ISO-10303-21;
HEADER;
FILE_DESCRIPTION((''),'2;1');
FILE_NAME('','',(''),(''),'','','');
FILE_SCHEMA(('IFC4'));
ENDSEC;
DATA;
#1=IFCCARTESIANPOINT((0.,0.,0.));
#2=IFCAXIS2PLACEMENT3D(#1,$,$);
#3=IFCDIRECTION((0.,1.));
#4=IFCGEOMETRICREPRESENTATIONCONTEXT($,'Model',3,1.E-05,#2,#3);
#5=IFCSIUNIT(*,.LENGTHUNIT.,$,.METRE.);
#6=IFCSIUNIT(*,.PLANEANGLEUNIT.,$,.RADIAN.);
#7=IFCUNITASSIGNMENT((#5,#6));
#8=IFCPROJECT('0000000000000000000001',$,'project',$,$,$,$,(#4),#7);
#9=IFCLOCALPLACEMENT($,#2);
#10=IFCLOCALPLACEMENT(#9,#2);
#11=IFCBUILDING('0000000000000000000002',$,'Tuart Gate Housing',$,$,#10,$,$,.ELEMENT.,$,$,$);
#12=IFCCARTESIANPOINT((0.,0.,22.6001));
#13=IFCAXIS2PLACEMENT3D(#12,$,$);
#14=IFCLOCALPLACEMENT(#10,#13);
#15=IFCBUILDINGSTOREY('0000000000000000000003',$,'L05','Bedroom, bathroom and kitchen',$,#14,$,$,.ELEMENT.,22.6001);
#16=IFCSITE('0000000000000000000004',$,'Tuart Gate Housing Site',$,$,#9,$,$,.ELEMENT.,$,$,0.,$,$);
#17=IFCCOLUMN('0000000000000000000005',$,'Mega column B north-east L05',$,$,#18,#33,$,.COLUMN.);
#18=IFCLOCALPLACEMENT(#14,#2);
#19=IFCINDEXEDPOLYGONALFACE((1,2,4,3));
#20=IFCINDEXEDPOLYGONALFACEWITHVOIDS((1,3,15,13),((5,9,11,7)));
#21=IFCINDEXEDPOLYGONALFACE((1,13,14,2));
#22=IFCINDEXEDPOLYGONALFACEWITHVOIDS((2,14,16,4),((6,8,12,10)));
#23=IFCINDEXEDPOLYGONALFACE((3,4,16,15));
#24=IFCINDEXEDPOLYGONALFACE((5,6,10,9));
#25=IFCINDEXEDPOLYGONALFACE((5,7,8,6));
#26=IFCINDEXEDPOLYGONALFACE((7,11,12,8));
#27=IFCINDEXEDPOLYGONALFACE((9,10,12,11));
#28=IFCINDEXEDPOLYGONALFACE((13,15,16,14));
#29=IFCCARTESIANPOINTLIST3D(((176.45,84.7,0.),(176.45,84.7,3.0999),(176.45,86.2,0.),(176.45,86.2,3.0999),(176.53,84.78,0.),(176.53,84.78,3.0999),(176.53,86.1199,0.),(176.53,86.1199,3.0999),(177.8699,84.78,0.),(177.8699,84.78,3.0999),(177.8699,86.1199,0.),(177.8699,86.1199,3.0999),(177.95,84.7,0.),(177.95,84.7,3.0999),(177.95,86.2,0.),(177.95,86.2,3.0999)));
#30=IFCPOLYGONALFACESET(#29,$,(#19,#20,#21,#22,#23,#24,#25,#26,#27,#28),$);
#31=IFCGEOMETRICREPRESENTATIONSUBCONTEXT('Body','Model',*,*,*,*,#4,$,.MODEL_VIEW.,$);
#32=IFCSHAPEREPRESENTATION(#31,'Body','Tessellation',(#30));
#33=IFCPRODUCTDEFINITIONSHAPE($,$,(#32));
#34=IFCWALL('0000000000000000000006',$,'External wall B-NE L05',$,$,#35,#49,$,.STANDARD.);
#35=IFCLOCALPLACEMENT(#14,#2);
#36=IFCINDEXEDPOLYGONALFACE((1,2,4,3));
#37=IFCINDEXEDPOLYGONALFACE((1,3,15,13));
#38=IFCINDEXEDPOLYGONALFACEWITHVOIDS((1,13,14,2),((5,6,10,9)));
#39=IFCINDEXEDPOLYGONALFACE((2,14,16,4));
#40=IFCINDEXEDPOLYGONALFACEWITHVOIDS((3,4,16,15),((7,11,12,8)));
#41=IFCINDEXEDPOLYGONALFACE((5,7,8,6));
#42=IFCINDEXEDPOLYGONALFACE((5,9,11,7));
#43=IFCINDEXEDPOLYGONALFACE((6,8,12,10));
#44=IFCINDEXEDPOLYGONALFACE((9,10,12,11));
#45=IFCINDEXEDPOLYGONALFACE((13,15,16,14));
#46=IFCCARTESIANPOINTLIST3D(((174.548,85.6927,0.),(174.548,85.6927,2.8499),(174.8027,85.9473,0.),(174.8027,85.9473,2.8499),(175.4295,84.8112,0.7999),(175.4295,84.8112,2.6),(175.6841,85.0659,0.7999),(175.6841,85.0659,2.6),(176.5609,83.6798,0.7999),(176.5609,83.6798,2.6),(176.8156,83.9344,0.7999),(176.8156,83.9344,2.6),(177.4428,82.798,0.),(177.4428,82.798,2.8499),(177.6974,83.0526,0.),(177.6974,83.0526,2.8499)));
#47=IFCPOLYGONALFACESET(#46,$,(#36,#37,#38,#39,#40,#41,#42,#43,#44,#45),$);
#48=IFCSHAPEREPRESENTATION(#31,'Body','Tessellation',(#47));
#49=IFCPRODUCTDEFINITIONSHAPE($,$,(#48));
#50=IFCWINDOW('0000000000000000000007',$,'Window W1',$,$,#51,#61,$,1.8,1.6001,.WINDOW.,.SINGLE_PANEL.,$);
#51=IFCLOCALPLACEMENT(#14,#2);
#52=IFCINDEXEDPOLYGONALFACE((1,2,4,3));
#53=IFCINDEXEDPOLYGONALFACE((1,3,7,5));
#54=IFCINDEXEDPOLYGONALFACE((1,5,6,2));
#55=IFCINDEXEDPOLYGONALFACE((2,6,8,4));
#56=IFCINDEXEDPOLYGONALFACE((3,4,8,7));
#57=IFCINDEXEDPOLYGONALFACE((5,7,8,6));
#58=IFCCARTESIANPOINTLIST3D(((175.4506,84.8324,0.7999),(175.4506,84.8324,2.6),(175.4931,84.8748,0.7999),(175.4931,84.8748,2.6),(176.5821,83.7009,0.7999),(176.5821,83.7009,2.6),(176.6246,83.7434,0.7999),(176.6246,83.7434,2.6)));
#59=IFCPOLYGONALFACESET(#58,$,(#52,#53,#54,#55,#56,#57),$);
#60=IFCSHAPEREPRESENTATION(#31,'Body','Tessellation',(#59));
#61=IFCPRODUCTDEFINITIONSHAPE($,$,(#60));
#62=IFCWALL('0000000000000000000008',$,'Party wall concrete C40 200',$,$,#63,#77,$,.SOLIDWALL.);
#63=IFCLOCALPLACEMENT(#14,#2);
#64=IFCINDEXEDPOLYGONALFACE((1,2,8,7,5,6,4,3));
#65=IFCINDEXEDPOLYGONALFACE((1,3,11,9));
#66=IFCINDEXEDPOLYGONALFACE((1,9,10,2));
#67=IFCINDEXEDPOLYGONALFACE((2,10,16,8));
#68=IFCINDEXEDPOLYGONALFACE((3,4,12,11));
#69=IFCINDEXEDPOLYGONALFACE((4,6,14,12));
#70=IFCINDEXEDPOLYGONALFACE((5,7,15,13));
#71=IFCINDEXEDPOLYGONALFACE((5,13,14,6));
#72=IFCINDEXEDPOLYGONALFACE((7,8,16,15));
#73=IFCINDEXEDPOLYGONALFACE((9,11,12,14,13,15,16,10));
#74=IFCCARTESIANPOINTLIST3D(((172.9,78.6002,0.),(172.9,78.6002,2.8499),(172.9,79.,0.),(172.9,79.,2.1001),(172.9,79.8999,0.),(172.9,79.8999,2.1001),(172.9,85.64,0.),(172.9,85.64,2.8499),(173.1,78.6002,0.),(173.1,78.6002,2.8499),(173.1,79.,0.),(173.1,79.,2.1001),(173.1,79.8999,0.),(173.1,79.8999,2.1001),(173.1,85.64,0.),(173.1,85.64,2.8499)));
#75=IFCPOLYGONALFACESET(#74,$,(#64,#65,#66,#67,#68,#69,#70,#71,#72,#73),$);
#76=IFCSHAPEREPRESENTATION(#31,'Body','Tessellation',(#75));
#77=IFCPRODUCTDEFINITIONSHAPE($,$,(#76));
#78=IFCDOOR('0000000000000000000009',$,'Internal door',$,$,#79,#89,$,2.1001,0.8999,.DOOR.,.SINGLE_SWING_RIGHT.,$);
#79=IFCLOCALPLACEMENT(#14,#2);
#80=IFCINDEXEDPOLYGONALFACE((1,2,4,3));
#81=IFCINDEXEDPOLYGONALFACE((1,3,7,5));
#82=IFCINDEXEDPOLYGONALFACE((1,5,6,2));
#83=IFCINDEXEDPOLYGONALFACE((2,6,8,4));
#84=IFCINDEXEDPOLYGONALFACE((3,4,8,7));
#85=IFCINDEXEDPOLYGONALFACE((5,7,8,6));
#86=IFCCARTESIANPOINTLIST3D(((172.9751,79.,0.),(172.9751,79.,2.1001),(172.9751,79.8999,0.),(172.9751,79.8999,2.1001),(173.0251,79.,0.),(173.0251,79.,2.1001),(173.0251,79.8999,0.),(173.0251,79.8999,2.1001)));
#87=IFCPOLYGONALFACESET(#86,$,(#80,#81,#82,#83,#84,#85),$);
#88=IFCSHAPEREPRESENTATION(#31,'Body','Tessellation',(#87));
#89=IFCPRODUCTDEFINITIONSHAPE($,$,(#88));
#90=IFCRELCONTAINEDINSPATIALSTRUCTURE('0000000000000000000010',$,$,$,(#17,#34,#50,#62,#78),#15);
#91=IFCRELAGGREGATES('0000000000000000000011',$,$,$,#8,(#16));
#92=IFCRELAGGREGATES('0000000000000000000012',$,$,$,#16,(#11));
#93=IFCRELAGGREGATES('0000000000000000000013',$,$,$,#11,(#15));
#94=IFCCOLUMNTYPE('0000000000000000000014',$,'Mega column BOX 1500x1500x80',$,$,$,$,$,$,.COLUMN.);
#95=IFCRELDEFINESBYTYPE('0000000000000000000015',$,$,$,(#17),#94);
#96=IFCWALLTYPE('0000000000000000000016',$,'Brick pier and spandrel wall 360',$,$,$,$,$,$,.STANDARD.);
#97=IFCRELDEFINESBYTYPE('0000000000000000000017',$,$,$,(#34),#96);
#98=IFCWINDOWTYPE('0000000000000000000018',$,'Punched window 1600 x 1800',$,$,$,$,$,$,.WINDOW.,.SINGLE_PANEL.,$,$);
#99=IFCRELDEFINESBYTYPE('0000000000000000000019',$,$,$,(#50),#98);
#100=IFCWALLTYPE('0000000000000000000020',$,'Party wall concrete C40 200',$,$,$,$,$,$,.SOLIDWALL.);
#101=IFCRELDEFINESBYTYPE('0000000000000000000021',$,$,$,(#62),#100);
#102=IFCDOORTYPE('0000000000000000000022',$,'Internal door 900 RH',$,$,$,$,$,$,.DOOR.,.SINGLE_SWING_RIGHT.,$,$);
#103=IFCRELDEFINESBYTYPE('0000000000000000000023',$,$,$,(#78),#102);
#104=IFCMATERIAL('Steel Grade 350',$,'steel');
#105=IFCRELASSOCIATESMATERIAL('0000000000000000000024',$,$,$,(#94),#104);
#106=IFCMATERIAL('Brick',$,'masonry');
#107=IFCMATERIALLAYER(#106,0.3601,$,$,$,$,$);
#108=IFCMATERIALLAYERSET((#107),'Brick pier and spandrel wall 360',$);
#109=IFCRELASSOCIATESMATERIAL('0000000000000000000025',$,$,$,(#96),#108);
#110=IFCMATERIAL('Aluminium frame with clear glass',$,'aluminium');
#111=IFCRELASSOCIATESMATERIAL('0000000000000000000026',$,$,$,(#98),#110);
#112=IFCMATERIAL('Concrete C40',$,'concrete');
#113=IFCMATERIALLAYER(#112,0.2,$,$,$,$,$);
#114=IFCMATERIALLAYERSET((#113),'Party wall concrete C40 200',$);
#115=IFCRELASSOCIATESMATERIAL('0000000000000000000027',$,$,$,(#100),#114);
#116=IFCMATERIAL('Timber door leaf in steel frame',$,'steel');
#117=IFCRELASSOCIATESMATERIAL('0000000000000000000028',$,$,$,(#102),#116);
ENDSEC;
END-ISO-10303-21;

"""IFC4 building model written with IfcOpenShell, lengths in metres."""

from ifc_helpers import new_model, si_unit, direction, frame, frame_2d, origin, origin_2d, place, context, subcontext, project, spatial, rectangle, hollow_rectangle, extrude, material, layer, layer_set, material_profile, profile_set, type_object, element, fill, save


model = new_model("IFC4")

# Units and contexts
model_context = context("Model", 3, precision=1e-05, world=origin(), true_north=direction((0.0, 1.0)))
body_context = subcontext(model_context, "Body", "Model", "MODEL_VIEW")
ifc_project = project(units=[si_unit("LENGTHUNIT", "METRE"), si_unit("PLANEANGLEUNIT", "RADIAN")], contexts=[model_context])

# Site, building, storey
site_placement = place(None, origin())
site = spatial("IfcSite", under=ifc_project, at=site_placement, Name="Tuart Gate Housing Site", CompositionType="ELEMENT", RefElevation=0.0)
building_placement = place(site_placement, origin())
building = spatial("IfcBuilding", under=site, at=building_placement, Name="Tuart Gate Housing", CompositionType="ELEMENT")
storey_placement = place(building_placement, frame((0.0, 0.0, 22.6001)))
storey = spatial("IfcBuildingStorey", under=building, at=storey_placement, Name="L05", Description="Bedroom, bathroom and kitchen", CompositionType="ELEMENT", Elevation=22.6001)

# Column
ifc_material_1 = material(Name="Steel Grade 350", Category="steel")
ifc_material_profile = material_profile(ifc_material_1, hollow_rectangle(XDim=1.5, YDim=1.5, WallThickness=0.0801, at=origin_2d()), Name="BOX 1500x1500x80")
ifc_profile_set = profile_set([ifc_material_profile], Name="Steel Grade 350")
column_type = type_object("IfcColumnType", Name="Mega column BOX 1500x1500x80", PredefinedType="COLUMN", material=ifc_profile_set)
column_placement = place(storey_placement, frame((177.2, 85.45, 0.0), z_axis=(0.0, 0.0, 1.0), x_axis=(1.0, 0.0, 0.0)))
element("IfcColumn", 1, at=column_placement, inside=storey, type_object=column_type, Name="Mega column B north-east L05", PredefinedType="COLUMN", context=body_context, shape_type="SweptSolid", body=[
    extrude(hollow_rectangle(XDim=1.5, YDim=1.5, WallThickness=0.0801, at=origin_2d()), origin(), (0.0, 0.0, 1.0), 3.0999),
])

# Wall, opening, window
ifc_material_2 = material(Name="Brick", Category="masonry")
ifc_layer_1 = layer(ifc_material_2, 0.3601)
ifc_layer_set_1 = layer_set([ifc_layer_1], Name="Brick pier and spandrel wall 360")
wall_type_1 = type_object("IfcWallType", Name="Brick pier and spandrel wall 360", PredefinedType="STANDARD", material=ifc_layer_set_1)
wall_1_placement = place(storey_placement, frame((177.5701, 82.9253, 0.0), z_axis=(0.0, 0.0, 1.0), x_axis=(-0.707107, 0.707107, 0.0)))
wall_1 = element("IfcWall", 2, at=wall_1_placement, inside=storey, type_object=wall_type_1, Name="External wall B-NE L05", PredefinedType="STANDARD", context=body_context, shape_type="SweptSolid", body=[
    extrude(rectangle(XDim=4.0938, YDim=0.3601, at=frame_2d((2.0469, 0.0))), origin(), (0.0, 0.0, 1.0), 2.8499),
])
opening_1_placement = place(wall_1_placement, frame((1.2471, 0.0, 0.8)))
opening_1 = element("IfcOpeningElement", 3, at=opening_1_placement, cuts=wall_1, PredefinedType="OPENING", context=body_context, shape_type="SweptSolid", body=[
    extrude(rectangle(XDim=1.6001, YDim=1.8, at=frame_2d((0.8, 0.8999))), frame((0.0, 0.1899, 0.0), z_axis=(0.0, -1.0, 0.0), x_axis=(1.0, 0.0, 0.0)), (0.0, 0.0, 1.0), 0.3801),
])
ifc_material_3 = material(Name="Aluminium frame with clear glass", Category="aluminium")
window_type_1 = type_object("IfcWindowType", Name="Punched window 1600 x 1800", PartitioningType="SINGLE_PANEL", PredefinedType="WINDOW", material=ifc_material_3)
window_1_placement = place(opening_1_placement, origin())
window_1 = element("IfcWindow", 4, at=window_1_placement, inside=storey, type_object=window_type_1, Name="Window W1", OverallHeight=1.8, OverallWidth=1.6001, PartitioningType="SINGLE_PANEL", PredefinedType="WINDOW", context=body_context, shape_type="SweptSolid", body=[
    extrude(rectangle(XDim=1.6001, YDim=1.8, at=frame_2d((0.8, 0.8999))), frame((0.0, 0.1501, 0.0), z_axis=(0.0, -1.0, 0.0), x_axis=(1.0, 0.0, 0.0)), (0.0, 0.0, 1.0), 0.0601),
])
fill(opening_1, window_1)

# Wall, opening, door
ifc_material_4 = material(Name="Concrete C40", Category="concrete")
ifc_layer_2 = layer(ifc_material_4, 0.2)
ifc_layer_set_2 = layer_set([ifc_layer_2], Name="Party wall concrete C40 200")
wall_type_2 = type_object("IfcWallType", Name="Party wall concrete C40 200", PredefinedType="SOLIDWALL", material=ifc_layer_set_2)
wall_2_placement = place(storey_placement, frame((173.0, 78.6001, 0.0), z_axis=(0.0, 0.0, 1.0), x_axis=(0.0, 1.0, 0.0)))
wall_2 = element("IfcWall", 5, at=wall_2_placement, inside=storey, type_object=wall_type_2, Name="Party wall concrete C40 200", PredefinedType="SOLIDWALL", context=body_context, shape_type="SweptSolid", body=[
    extrude(rectangle(XDim=7.0398, YDim=0.2, at=frame_2d((3.52, 0.0))), origin(), (0.0, 0.0, 1.0), 2.8499),
])
opening_2_placement = place(wall_2_placement, frame((0.3999, 0.0, 0.0)))
opening_2 = element("IfcOpeningElement", 6, at=opening_2_placement, cuts=wall_2, PredefinedType="OPENING", context=body_context, shape_type="SweptSolid", body=[
    extrude(rectangle(XDim=0.8999, YDim=2.1001, at=frame_2d((0.45, 1.05))), frame((0.0, 0.1099, 0.0), z_axis=(0.0, -1.0, 0.0), x_axis=(1.0, 0.0, 0.0)), (0.0, 0.0, 1.0), 0.22),
])
ifc_material_5 = material(Name="Timber door leaf in steel frame", Category="steel")
door_type = type_object("IfcDoorType", Name="Internal door 900 RH", OperationType="SINGLE_SWING_RIGHT", PredefinedType="DOOR", material=ifc_material_5)
door_placement = place(opening_2_placement, frame((0.8999, 0.0, 0.0), z_axis=(0.0, 0.0, 1.0), x_axis=(-1.0, 0.0, 0.0)))
door = element("IfcDoor", 7, at=door_placement, inside=storey, type_object=door_type, Name="Internal door", OperationType="SINGLE_SWING_RIGHT", OverallHeight=2.1001, OverallWidth=0.8999, PredefinedType="DOOR", context=body_context, shape_type="SweptSolid", body=[
    extrude(rectangle(XDim=0.8999, YDim=2.1001, at=frame_2d((0.45, 1.05))), frame((0.0, 0.0251, 0.0), z_axis=(0.0, -1.0, 0.0), x_axis=(1.0, 0.0, 0.0)), (0.0, 0.0, 1.0), 0.05),
])
fill(opening_2, door)

save(model, "model.ifc")
